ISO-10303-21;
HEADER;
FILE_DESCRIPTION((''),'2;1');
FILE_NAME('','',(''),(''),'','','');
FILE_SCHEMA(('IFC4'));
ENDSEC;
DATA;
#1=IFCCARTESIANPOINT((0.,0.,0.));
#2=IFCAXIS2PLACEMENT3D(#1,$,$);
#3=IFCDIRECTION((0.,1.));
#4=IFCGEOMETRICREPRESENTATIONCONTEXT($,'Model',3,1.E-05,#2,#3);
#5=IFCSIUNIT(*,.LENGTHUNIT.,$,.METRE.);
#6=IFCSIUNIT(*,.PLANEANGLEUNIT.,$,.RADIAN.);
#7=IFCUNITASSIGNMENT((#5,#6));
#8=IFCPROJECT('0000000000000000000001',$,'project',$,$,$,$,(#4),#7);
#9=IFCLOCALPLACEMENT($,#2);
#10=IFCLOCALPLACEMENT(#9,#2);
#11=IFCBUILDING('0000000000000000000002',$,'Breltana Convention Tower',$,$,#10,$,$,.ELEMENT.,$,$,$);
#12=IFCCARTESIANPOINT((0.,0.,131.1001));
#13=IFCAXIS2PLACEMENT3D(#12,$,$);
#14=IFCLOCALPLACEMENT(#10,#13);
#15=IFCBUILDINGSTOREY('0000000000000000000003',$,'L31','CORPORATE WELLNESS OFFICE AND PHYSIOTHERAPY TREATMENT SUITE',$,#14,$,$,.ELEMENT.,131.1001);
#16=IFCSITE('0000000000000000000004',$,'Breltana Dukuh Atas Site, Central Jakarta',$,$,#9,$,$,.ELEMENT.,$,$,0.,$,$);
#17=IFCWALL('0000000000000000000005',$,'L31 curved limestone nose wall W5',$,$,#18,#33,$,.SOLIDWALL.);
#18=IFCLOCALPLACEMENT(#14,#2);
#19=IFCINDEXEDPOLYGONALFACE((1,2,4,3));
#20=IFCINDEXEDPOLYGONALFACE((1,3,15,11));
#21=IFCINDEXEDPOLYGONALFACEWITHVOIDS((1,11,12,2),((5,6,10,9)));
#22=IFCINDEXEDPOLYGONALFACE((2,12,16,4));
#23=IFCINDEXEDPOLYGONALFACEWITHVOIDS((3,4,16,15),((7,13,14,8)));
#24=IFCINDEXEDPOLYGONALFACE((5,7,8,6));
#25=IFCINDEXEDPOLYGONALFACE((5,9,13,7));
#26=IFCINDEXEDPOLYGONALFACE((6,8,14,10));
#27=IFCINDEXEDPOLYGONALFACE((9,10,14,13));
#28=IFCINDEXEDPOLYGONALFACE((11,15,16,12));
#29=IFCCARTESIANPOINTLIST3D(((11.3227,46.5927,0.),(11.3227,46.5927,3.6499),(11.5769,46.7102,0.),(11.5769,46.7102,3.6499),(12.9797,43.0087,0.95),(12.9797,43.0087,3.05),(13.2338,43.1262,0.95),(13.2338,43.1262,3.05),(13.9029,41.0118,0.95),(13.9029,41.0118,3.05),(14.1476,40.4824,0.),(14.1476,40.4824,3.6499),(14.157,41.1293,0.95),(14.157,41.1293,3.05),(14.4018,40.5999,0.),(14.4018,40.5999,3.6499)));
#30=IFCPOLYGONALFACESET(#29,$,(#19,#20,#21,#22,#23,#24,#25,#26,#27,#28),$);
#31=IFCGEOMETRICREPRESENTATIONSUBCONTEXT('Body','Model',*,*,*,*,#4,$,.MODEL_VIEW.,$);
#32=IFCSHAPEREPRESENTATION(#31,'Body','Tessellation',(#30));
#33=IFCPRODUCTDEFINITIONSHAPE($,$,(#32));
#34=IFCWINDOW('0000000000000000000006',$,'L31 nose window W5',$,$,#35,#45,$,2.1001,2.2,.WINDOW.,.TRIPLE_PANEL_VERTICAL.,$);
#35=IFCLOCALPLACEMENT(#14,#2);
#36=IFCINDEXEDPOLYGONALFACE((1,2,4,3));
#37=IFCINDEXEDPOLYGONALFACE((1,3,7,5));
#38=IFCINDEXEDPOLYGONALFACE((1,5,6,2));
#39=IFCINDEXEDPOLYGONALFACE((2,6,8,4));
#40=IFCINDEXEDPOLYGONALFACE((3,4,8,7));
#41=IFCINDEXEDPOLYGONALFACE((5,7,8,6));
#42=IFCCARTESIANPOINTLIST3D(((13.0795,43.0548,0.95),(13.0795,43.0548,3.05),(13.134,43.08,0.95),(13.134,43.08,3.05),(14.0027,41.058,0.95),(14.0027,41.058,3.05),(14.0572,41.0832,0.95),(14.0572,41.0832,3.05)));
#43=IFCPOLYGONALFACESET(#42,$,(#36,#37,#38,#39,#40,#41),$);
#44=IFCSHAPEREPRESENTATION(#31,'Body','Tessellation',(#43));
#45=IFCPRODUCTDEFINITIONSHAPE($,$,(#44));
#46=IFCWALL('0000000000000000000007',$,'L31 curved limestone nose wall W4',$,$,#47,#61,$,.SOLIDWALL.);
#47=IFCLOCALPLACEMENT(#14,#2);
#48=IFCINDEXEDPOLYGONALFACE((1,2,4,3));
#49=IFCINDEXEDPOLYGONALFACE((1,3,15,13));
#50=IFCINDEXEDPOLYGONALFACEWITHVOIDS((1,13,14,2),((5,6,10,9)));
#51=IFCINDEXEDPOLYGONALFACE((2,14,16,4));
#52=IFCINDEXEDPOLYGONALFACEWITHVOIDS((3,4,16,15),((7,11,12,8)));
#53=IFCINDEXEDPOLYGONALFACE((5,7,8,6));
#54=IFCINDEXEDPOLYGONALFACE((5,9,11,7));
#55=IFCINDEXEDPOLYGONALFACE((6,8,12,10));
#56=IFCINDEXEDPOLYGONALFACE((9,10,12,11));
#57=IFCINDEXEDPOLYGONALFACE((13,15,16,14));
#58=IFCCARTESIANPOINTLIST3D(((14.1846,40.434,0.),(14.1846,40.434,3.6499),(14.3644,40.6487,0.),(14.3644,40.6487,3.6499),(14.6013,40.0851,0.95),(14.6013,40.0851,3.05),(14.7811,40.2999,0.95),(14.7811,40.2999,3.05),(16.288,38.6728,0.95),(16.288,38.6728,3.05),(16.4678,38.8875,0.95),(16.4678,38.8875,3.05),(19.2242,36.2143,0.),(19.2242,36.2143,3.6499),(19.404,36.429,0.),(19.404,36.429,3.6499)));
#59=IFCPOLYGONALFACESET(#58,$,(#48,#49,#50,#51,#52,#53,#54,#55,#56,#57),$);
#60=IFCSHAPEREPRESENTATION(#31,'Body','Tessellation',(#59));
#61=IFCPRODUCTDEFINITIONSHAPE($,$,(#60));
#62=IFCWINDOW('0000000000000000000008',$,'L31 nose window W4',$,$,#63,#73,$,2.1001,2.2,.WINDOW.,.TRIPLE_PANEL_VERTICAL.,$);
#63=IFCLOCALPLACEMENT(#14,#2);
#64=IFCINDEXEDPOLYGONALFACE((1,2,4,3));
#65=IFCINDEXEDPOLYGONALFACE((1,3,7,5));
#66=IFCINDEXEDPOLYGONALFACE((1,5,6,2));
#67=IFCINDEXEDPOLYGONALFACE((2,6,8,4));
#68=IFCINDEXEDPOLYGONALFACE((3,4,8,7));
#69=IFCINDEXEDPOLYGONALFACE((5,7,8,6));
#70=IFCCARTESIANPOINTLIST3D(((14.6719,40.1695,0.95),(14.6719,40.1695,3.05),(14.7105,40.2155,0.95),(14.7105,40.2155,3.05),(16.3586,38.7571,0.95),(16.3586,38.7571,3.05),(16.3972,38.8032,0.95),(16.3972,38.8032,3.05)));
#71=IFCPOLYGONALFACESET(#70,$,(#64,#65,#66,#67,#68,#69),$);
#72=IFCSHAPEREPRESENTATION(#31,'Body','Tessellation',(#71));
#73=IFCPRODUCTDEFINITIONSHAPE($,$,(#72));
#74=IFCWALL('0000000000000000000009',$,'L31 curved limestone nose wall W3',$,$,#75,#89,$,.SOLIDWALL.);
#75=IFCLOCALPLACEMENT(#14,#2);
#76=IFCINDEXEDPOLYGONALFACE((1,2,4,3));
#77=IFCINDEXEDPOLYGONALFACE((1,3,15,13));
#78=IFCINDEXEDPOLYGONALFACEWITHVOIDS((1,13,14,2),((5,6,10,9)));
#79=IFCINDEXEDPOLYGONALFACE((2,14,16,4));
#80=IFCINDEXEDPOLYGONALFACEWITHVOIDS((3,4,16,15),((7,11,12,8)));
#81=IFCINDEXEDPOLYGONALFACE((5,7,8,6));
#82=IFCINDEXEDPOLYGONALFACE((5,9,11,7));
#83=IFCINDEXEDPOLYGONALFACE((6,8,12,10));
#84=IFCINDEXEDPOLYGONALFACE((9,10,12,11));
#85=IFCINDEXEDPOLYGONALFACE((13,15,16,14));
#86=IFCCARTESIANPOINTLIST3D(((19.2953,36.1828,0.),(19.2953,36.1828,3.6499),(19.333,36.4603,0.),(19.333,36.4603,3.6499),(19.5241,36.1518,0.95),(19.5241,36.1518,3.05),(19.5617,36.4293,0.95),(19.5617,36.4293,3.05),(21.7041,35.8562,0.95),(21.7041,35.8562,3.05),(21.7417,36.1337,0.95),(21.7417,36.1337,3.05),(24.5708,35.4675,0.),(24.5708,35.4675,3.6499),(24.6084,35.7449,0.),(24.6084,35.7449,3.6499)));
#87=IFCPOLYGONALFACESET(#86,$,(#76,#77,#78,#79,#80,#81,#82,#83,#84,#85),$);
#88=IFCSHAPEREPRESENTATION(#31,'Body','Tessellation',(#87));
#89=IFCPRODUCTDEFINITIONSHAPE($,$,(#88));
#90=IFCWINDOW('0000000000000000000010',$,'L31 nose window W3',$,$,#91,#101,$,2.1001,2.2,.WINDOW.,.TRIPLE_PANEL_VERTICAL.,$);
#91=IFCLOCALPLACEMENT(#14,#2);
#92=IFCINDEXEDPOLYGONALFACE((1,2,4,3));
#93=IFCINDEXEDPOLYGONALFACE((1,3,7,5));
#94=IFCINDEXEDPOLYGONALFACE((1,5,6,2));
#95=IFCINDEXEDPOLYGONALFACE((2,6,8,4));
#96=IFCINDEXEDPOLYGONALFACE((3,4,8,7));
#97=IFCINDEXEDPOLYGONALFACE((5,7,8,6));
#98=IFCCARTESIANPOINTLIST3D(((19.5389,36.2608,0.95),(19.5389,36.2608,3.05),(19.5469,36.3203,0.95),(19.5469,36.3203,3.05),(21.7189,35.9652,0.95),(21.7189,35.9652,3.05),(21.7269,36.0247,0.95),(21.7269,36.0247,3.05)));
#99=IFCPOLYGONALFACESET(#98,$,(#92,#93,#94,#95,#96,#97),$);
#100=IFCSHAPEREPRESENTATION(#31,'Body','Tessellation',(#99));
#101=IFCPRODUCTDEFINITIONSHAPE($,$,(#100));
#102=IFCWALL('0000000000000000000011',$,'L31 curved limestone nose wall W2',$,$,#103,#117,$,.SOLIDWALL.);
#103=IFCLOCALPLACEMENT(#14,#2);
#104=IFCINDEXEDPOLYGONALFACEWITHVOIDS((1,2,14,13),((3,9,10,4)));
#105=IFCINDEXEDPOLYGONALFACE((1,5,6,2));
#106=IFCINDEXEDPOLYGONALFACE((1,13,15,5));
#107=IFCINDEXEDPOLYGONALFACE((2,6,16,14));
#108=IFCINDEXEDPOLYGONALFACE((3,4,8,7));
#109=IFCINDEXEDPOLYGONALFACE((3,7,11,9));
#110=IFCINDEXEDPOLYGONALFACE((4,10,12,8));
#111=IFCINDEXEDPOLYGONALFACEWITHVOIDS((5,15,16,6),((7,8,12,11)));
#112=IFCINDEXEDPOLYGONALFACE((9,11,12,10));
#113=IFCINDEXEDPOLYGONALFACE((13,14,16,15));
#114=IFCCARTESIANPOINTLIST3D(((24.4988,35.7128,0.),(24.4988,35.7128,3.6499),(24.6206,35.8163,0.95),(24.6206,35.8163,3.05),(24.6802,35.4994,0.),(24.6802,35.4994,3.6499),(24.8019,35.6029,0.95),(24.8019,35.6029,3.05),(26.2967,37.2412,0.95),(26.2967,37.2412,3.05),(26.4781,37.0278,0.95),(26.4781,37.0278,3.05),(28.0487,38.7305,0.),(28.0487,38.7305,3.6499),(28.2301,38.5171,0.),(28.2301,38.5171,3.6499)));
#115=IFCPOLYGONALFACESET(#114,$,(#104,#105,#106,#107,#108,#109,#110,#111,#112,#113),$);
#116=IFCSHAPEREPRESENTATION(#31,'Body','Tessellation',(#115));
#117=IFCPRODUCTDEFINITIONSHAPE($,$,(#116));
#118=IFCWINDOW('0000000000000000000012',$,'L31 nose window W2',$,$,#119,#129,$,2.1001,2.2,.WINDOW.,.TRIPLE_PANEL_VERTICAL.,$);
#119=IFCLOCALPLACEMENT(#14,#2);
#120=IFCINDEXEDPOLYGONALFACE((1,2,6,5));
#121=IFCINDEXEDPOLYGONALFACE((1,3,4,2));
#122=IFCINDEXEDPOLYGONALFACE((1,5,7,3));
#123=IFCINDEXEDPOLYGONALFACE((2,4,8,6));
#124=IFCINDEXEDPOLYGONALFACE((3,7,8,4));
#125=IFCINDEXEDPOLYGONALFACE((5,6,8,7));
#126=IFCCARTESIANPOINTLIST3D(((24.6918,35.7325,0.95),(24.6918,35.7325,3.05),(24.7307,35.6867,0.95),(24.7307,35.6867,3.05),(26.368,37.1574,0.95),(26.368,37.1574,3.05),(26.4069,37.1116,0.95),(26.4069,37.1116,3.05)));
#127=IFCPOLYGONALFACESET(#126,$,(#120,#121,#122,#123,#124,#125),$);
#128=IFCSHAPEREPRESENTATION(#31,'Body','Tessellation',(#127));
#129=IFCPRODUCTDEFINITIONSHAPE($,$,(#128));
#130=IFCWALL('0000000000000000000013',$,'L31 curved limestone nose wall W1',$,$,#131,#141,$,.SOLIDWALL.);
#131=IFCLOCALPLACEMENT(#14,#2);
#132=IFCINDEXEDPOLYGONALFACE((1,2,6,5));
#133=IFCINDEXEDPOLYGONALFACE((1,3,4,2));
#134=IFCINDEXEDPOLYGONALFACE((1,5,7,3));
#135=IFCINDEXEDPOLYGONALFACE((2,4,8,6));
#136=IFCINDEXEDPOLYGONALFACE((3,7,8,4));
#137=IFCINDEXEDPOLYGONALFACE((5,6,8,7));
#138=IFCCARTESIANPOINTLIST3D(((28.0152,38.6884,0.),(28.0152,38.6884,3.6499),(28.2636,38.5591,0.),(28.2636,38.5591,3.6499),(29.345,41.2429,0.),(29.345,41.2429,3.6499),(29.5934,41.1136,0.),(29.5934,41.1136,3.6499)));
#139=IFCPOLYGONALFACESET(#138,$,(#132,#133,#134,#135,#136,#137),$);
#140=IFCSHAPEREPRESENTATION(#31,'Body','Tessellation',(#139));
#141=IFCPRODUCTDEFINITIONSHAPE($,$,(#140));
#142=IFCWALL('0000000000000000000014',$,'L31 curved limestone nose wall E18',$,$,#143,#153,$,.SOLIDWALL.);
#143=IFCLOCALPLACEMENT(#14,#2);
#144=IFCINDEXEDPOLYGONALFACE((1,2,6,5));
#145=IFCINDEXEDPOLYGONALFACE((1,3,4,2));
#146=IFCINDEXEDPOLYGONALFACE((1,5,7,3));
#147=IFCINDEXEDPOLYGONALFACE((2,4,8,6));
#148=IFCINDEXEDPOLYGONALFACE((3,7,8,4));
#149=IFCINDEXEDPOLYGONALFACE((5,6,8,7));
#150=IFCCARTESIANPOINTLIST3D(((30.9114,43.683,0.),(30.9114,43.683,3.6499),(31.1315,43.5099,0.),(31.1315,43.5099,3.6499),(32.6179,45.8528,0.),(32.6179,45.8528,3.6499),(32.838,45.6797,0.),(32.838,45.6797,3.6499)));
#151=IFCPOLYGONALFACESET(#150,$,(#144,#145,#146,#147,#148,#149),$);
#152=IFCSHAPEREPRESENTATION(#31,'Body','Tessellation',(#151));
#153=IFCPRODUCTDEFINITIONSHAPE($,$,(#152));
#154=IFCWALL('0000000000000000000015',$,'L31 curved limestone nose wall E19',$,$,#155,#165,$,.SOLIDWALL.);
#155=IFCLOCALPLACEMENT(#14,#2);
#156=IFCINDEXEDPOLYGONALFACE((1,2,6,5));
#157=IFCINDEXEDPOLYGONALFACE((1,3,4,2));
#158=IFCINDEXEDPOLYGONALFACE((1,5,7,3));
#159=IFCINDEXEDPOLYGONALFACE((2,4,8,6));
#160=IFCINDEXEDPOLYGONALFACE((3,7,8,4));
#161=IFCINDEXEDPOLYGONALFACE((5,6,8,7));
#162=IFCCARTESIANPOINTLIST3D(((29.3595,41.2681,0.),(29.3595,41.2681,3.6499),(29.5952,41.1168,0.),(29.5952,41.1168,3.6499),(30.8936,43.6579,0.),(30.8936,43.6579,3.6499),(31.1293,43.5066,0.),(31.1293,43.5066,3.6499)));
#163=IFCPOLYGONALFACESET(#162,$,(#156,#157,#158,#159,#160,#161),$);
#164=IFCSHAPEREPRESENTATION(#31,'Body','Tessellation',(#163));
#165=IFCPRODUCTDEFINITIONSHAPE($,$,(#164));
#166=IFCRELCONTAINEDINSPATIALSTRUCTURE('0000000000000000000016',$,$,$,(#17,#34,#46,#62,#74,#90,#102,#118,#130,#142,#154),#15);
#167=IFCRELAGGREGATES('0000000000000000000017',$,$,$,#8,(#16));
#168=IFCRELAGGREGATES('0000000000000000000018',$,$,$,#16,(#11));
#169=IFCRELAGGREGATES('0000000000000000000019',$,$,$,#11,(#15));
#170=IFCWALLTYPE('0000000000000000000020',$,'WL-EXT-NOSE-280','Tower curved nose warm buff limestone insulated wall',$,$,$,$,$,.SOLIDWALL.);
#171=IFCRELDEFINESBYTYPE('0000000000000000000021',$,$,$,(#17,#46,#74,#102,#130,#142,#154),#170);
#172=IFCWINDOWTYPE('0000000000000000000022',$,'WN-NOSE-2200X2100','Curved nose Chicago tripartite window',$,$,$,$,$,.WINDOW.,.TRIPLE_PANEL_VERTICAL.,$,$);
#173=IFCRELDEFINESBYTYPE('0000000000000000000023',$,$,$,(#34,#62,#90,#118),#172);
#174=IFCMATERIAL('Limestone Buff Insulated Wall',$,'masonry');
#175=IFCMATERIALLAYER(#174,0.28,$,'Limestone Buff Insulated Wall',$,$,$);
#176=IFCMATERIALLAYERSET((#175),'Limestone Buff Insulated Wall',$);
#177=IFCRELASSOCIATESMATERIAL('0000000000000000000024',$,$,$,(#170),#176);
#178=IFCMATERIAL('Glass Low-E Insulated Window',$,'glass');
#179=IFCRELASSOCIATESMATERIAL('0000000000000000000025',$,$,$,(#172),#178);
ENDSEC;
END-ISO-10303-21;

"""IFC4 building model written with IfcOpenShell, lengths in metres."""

from ifc_helpers import new_model, si_unit, direction, frame, frame_2d, origin, place, context, subcontext, project, spatial, rectangle, extrude, source, transform, mapped, material, layer, layer_set, type_object, type_shapes, element, fill, save


model = new_model("IFC4")

# Units and contexts
model_context = context("Model", 3, precision=1e-05, world=origin(), true_north=direction((0.0, 1.0)))
body_context = subcontext(model_context, "Body", "Model", "MODEL_VIEW")
ifc_project = project(units=[si_unit("LENGTHUNIT", "METRE"), si_unit("PLANEANGLEUNIT", "RADIAN")], contexts=[model_context])

# Site, building, storey
site_placement = place(None, origin())
site = spatial("IfcSite", under=ifc_project, at=site_placement, Name="Breltana Dukuh Atas Site, Central Jakarta", CompositionType="ELEMENT", RefElevation=0.0)
building_placement = place(site_placement, origin())
building = spatial("IfcBuilding", under=site, at=building_placement, Name="Breltana Convention Tower", CompositionType="ELEMENT")
storey_placement = place(building_placement, frame((0.0, 0.0, 131.1001)))
storey = spatial("IfcBuildingStorey", under=building, at=storey_placement, Name="L31", Description="CORPORATE WELLNESS OFFICE AND PHYSIOTHERAPY TREATMENT SUITE", CompositionType="ELEMENT", Elevation=131.1001)

# Walls, openings, windows
ifc_material_1 = material(Name="Limestone Buff Insulated Wall", Category="masonry")
ifc_layer_1 = layer(ifc_material_1, 0.28, Name="Limestone Buff Insulated Wall")
ifc_layer_set_1 = layer_set([ifc_layer_1], Name="Limestone Buff Insulated Wall")
wall_type_1 = type_object("IfcWallType", Name="WL-EXT-NOSE-280", Description="Tower curved nose warm buff limestone insulated wall", PredefinedType="SOLIDWALL", material=ifc_layer_set_1)
shared_shape_1 = source(origin(), body_context, "Body", "SweptSolid", [
    extrude(rectangle(XDim=6.7317, YDim=0.28, at=frame_2d((3.3657, 0.0))), origin(), (0.0, 0.0, 1.0), 3.6499),
])
wall_1_placement = place(storey_placement, frame((14.2747, 40.5413, 0.0), z_axis=(0.0, 0.0, 1.0), x_axis=(-0.419645, 0.907689, 0.0)))
wall_1 = element("IfcWall", 1, at=wall_1_placement, inside=storey, type_object=wall_type_1, Name="L31 curved limestone nose wall W5", PredefinedType="SOLIDWALL", context=body_context, shape_type="MappedRepresentation", body=[
    mapped(shared_shape_1, transform((0.0, 0.0, 0.0), scale=1.0)),
])
opening_1_placement = place(wall_1_placement, frame((0.583, 0.0, 0.95)))
opening_1 = element("IfcOpeningElement", 2, at=opening_1_placement, cuts=wall_1, PredefinedType="OPENING", context=body_context, shape_type="SweptSolid", body=[
    extrude(rectangle(XDim=2.2, YDim=2.1001, at=frame_2d((1.1001, 1.05))), frame((0.0, 0.1499, 0.0), z_axis=(0.0, -1.0, 0.0), x_axis=(1.0, 0.0, 0.0)), (0.0, 0.0, 1.0), 0.3),
])
ifc_material_2 = material(Name="Glass Low-E Insulated Window", Category="glass")
window_type = type_object("IfcWindowType", Name="WN-NOSE-2200X2100", Description="Curved nose Chicago tripartite window", PartitioningType="TRIPLE_PANEL_VERTICAL", PredefinedType="WINDOW", material=ifc_material_2)
shared_shape_2 = source(origin(), body_context, "Body", "SweptSolid", [
    extrude(rectangle(XDim=2.2, YDim=2.1001, at=frame_2d((1.1001, 1.05))), frame((0.0, 0.03, 0.0), z_axis=(0.0, -1.0, 0.0), x_axis=(1.0, 0.0, 0.0)), (0.0, 0.0, 1.0), 0.0601),
])
type_shapes(window_type, [shared_shape_2])
window_1_placement = place(opening_1_placement, origin())
window_1 = element("IfcWindow", 3, at=window_1_placement, inside=storey, type_object=window_type, Name="L31 nose window W5", OverallHeight=2.1001, OverallWidth=2.2, PartitioningType="TRIPLE_PANEL_VERTICAL", PredefinedType="WINDOW", context=body_context, shape_type="MappedRepresentation", body=[
    mapped(shared_shape_2, transform((0.0, 0.0, 0.0), scale=1.0)),
])
fill(opening_1, window_1)
shared_shape_3 = source(origin(), body_context, "Body", "SweptSolid", [
    extrude(rectangle(XDim=6.573, YDim=0.28, at=frame_2d((3.2866, 0.0))), origin(), (0.0, 0.0, 1.0), 3.6499),
])
wall_2_placement = place(storey_placement, frame((19.3142, 36.3215, 0.0), z_axis=(0.0, 0.0, 1.0), x_axis=(-0.766715, 0.641987, 0.0)))
wall_2 = element("IfcWall", 4, at=wall_2_placement, inside=storey, type_object=wall_type_1, Name="L31 curved limestone nose wall W4", PredefinedType="SOLIDWALL", context=body_context, shape_type="MappedRepresentation", body=[
    mapped(shared_shape_3, transform((0.0, 0.0, 0.0), scale=1.0)),
])
opening_2_placement = place(wall_2_placement, frame((3.8296, 0.0, 0.95)))
opening_2 = element("IfcOpeningElement", 5, at=opening_2_placement, cuts=wall_2, PredefinedType="OPENING", context=body_context, shape_type="SweptSolid", body=[
    extrude(rectangle(XDim=2.2, YDim=2.1001, at=frame_2d((1.1001, 1.05))), frame((0.0, 0.1499, 0.0), z_axis=(0.0, -1.0, 0.0), x_axis=(1.0, 0.0, 0.0)), (0.0, 0.0, 1.0), 0.3),
])
window_2_placement = place(opening_2_placement, origin())
window_2 = element("IfcWindow", 6, at=window_2_placement, inside=storey, type_object=window_type, Name="L31 nose window W4", OverallHeight=2.1001, OverallWidth=2.2, PartitioningType="TRIPLE_PANEL_VERTICAL", PredefinedType="WINDOW", context=body_context, shape_type="MappedRepresentation", body=[
    mapped(shared_shape_2, transform((0.0, 0.0, 0.0), scale=1.0)),
])
fill(opening_2, window_2)
shared_shape_4 = source(origin(), body_context, "Body", "SweptSolid", [
    extrude(rectangle(XDim=5.3237, YDim=0.28, at=frame_2d((2.6619, 0.0))), origin(), (0.0, 0.0, 1.0), 3.6499),
])
wall_3_placement = place(storey_placement, frame((24.5896, 35.6062, 0.0), z_axis=(0.0, 0.0, 1.0), x_axis=(-0.990931, 0.134368, 0.0)))
wall_3 = element("IfcWall", 7, at=wall_3_placement, inside=storey, type_object=wall_type_1, Name="L31 curved limestone nose wall W3", PredefinedType="SOLIDWALL", context=body_context, shape_type="MappedRepresentation", body=[
    mapped(shared_shape_4, transform((0.0, 0.0, 0.0), scale=1.0)),
])
opening_3_placement = place(wall_3_placement, frame((2.8928, 0.0, 0.95)))
opening_3 = element("IfcOpeningElement", 8, at=opening_3_placement, cuts=wall_3, PredefinedType="OPENING", context=body_context, shape_type="SweptSolid", body=[
    extrude(rectangle(XDim=2.2, YDim=2.1001, at=frame_2d((1.1001, 1.05))), frame((0.0, 0.1499, 0.0), z_axis=(0.0, -1.0, 0.0), x_axis=(1.0, 0.0, 0.0)), (0.0, 0.0, 1.0), 0.3),
])
window_3_placement = place(opening_3_placement, origin())
window_3 = element("IfcWindow", 9, at=window_3_placement, inside=storey, type_object=window_type, Name="L31 nose window W3", OverallHeight=2.1001, OverallWidth=2.2, PartitioningType="TRIPLE_PANEL_VERTICAL", PredefinedType="WINDOW", context=body_context, shape_type="MappedRepresentation", body=[
    mapped(shared_shape_2, transform((0.0, 0.0, 0.0), scale=1.0)),
])
fill(opening_3, window_3)
shared_shape_5 = source(origin(), body_context, "Body", "SweptSolid", [
    extrude(rectangle(XDim=4.6592, YDim=0.28, at=frame_2d((2.3296, 0.0))), origin(), (0.0, 0.0, 1.0), 3.6499),
])
wall_4_placement = place(storey_placement, frame((28.1394, 38.6238, 0.0), z_axis=(0.0, 0.0, 1.0), x_axis=(-0.761913, -0.647679, 0.0)))
wall_4 = element("IfcWall", 10, at=wall_4_placement, inside=storey, type_object=wall_type_1, Name="L31 curved limestone nose wall W2", PredefinedType="SOLIDWALL", context=body_context, shape_type="MappedRepresentation", body=[
    mapped(shared_shape_5, transform((0.0, 0.0, 0.0), scale=1.0)),
])
opening_4_placement = place(wall_4_placement, frame((2.2993, 0.0, 0.95)))
opening_4 = element("IfcOpeningElement", 11, at=opening_4_placement, cuts=wall_4, PredefinedType="OPENING", context=body_context, shape_type="SweptSolid", body=[
    extrude(rectangle(XDim=2.2, YDim=2.1001, at=frame_2d((1.1001, 1.05))), frame((0.0, 0.1499, 0.0), z_axis=(0.0, -1.0, 0.0), x_axis=(1.0, 0.0, 0.0)), (0.0, 0.0, 1.0), 0.3),
])
window_4_placement = place(opening_4_placement, origin())
window_4 = element("IfcWindow", 12, at=window_4_placement, inside=storey, type_object=window_type, Name="L31 nose window W2", OverallHeight=2.1001, OverallWidth=2.2, PartitioningType="TRIPLE_PANEL_VERTICAL", PredefinedType="WINDOW", context=body_context, shape_type="MappedRepresentation", body=[
    mapped(shared_shape_2, transform((0.0, 0.0, 0.0), scale=1.0)),
])
fill(opening_4, window_4)

# Walls
shared_shape_6 = source(origin(), body_context, "Body", "SweptSolid", [
    extrude(rectangle(XDim=2.8799, YDim=0.28, at=frame_2d((1.4399, 0.0))), origin(), (0.0, 0.0, 1.0), 3.6499),
])
wall_5_placement = place(storey_placement, frame((29.4692, 41.1782, 0.0), z_axis=(0.0, 0.0, 1.0), x_axis=(-0.461769, -0.887, 0.0)))
element("IfcWall", 13, at=wall_5_placement, inside=storey, type_object=wall_type_1, Name="L31 curved limestone nose wall W1", PredefinedType="SOLIDWALL", context=body_context, shape_type="MappedRepresentation", body=[
    mapped(shared_shape_6, transform((0.0, 0.0, 0.0), scale=1.0)),
])
shared_shape_7 = source(origin(), body_context, "Body", "SweptSolid", [
    extrude(rectangle(XDim=2.7605, YDim=0.28, at=frame_2d((1.3804, 0.0))), origin(), (0.0, 0.0, 1.0), 3.6499),
])
wall_6_placement = place(storey_placement, frame((32.728, 45.7664, 0.0), z_axis=(0.0, 0.0, 1.0), x_axis=(-0.618181, -0.786036, 0.0)))
element("IfcWall", 14, at=wall_6_placement, inside=storey, type_object=wall_type_1, Name="L31 curved limestone nose wall E18", PredefinedType="SOLIDWALL", context=body_context, shape_type="MappedRepresentation", body=[
    mapped(shared_shape_7, transform((0.0, 0.0, 0.0), scale=1.0)),
])
shared_shape_8 = source(origin(), body_context, "Body", "SweptSolid", [
    extrude(rectangle(XDim=2.8398, YDim=0.28, at=frame_2d((1.4199, 0.0))), origin(), (0.0, 0.0, 1.0), 3.6499),
])
wall_7_placement = place(storey_placement, frame((31.0115, 43.5823, 0.0), z_axis=(0.0, 0.0, 1.0), x_axis=(-0.540214, -0.841527, 0.0)))
element("IfcWall", 15, at=wall_7_placement, inside=storey, type_object=wall_type_1, Name="L31 curved limestone nose wall E19", PredefinedType="SOLIDWALL", context=body_context, shape_type="MappedRepresentation", body=[
    mapped(shared_shape_8, transform((0.0, 0.0, 0.0), scale=1.0)),
])

save(model, "model.ifc")
